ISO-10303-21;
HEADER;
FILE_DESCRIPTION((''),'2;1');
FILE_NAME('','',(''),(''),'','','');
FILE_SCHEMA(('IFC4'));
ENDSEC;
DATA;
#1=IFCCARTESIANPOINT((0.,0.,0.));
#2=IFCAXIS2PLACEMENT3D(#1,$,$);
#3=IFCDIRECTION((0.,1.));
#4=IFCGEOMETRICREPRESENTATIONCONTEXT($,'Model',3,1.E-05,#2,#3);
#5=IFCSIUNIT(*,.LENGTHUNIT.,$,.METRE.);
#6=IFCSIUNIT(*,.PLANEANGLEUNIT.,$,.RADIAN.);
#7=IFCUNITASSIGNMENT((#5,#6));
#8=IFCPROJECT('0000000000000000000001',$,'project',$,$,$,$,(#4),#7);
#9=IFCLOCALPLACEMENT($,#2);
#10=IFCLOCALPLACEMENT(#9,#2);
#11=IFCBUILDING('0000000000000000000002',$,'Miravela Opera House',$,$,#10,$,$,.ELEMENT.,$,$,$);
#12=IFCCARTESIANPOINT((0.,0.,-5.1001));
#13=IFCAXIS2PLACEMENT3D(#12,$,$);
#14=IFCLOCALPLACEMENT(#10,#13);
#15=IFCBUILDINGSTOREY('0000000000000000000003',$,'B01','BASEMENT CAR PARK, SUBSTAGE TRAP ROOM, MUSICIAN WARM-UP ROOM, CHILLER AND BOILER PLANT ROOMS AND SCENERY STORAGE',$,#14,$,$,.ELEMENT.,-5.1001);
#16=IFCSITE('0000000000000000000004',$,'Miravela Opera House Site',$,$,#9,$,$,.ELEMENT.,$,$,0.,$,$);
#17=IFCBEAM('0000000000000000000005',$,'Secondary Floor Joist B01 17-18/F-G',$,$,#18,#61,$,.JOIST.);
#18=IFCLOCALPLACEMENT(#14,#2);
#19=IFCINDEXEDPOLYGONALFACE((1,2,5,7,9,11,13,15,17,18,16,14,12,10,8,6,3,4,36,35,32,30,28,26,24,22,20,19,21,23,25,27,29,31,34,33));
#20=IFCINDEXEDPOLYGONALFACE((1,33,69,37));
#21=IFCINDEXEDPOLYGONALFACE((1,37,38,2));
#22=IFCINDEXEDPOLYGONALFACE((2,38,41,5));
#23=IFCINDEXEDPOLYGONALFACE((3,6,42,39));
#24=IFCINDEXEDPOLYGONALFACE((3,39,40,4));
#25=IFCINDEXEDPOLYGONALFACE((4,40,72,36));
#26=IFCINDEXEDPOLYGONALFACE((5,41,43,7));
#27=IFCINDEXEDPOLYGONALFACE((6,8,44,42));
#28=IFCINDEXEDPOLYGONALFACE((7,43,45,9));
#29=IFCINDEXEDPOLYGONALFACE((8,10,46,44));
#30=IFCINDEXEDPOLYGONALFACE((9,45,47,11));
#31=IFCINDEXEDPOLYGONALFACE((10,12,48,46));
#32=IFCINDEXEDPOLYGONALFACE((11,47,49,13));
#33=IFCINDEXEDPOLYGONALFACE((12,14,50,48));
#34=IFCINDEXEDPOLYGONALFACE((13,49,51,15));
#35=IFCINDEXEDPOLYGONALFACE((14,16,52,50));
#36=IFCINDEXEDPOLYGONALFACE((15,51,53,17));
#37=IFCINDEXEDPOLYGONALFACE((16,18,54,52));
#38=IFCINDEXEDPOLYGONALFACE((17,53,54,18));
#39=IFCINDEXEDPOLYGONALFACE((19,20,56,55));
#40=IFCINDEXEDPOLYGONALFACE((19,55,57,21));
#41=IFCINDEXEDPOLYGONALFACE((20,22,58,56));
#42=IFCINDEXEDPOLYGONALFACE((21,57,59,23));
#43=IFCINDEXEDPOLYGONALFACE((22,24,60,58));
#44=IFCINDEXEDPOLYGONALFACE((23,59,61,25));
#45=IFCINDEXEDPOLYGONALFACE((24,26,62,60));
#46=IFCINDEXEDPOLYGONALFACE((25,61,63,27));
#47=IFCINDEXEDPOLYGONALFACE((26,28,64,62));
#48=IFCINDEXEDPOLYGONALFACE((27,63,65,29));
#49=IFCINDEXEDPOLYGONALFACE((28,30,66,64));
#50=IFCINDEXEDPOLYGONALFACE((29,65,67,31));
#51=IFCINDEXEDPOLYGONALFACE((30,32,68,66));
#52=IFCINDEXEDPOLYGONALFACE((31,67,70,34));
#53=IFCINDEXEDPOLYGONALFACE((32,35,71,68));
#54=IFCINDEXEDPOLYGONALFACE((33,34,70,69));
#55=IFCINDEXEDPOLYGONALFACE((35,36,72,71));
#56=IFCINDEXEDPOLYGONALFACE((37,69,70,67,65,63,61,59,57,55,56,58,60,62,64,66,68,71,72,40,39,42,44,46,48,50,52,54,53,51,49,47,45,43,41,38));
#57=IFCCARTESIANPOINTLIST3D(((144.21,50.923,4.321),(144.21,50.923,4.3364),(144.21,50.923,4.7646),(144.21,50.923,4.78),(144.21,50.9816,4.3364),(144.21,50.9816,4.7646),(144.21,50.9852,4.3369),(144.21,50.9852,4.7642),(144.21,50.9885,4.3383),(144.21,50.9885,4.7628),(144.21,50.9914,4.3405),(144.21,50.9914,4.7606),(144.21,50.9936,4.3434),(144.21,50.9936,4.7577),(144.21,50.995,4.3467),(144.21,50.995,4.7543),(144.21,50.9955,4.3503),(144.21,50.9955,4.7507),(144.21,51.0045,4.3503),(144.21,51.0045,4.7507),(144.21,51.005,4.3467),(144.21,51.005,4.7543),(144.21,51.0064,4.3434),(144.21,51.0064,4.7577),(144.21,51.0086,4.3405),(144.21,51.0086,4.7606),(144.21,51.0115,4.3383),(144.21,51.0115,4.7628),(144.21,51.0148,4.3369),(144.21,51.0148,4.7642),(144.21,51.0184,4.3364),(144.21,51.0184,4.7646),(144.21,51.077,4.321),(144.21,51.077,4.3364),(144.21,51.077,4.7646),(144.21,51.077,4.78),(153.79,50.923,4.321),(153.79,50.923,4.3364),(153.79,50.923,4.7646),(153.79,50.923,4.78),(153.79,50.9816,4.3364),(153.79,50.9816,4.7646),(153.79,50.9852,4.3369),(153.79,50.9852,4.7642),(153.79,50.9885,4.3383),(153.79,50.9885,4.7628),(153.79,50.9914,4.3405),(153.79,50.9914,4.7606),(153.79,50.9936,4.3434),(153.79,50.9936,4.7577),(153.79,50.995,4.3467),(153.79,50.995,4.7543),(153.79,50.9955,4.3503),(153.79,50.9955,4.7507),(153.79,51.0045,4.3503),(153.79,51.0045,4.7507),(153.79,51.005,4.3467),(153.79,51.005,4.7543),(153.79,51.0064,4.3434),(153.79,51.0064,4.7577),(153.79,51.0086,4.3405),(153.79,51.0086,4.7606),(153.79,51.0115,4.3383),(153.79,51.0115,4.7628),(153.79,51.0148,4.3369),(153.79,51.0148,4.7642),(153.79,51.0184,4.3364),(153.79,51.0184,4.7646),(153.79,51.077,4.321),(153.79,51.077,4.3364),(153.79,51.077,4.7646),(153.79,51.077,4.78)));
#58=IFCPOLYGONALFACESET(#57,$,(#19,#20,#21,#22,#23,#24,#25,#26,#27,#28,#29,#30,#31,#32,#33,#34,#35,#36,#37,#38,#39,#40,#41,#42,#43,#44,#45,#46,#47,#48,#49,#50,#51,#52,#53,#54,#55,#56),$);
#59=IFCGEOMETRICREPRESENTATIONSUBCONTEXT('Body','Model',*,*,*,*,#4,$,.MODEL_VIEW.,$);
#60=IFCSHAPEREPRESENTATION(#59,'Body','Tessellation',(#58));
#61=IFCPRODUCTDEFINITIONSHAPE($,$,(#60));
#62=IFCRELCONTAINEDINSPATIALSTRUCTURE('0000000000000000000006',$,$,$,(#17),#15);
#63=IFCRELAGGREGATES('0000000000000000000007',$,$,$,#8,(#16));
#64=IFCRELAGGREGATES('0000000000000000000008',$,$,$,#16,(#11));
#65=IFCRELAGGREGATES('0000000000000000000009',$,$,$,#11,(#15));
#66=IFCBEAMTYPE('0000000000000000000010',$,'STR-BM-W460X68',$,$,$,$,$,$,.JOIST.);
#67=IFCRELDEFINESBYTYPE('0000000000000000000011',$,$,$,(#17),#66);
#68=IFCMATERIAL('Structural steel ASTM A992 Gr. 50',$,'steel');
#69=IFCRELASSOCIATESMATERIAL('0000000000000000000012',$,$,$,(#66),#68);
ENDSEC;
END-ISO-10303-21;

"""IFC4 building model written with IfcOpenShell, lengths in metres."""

from ifc_helpers import new_model, si_unit, direction, frame, origin, origin_2d, place, context, subcontext, project, spatial, i_section, extrude, material, material_profile, profile_set, type_object, element, save


model = new_model("IFC4")

# Units and contexts
model_context = context("Model", 3, precision=1e-05, world=origin(), true_north=direction((0.0, 1.0)))
body_context = subcontext(model_context, "Body", "Model", "MODEL_VIEW")
ifc_project = project(units=[si_unit("LENGTHUNIT", "METRE"), si_unit("PLANEANGLEUNIT", "RADIAN")], contexts=[model_context])

# Site, building, storey
site_placement = place(None, origin())
site = spatial("IfcSite", under=ifc_project, at=site_placement, Name="Miravela Opera House Site", CompositionType="ELEMENT", RefElevation=0.0)
building_placement = place(site_placement, origin())
building = spatial("IfcBuilding", under=site, at=building_placement, Name="Miravela Opera House", CompositionType="ELEMENT")
storey_placement = place(building_placement, frame((0.0, 0.0, -5.1001)))
storey = spatial("IfcBuildingStorey", under=building, at=storey_placement, Name="B01", Description="BASEMENT CAR PARK, SUBSTAGE TRAP ROOM, MUSICIAN WARM-UP ROOM, CHILLER AND BOILER PLANT ROOMS AND SCENERY STORAGE", CompositionType="ELEMENT", Elevation=-5.1001)

# Beam
ifc_material_1 = material(Name="Structural steel ASTM A992 Gr. 50", Category="steel")
ifc_material_profile_1 = material_profile(ifc_material_1, i_section(OverallWidth=0.1541, OverallDepth=0.459, WebThickness=0.009, FlangeThickness=0.0154, FilletRadius=0.0139, at=origin_2d()), Name="W460X68")
ifc_profile_set_1 = profile_set([ifc_material_profile_1])
beam_type_1 = type_object("IfcBeamType", Name="STR-BM-W460X68", PredefinedType="JOIST", material=ifc_profile_set_1)
beam_1_placement = place(storey_placement, frame((144.21, 51.0, 4.5505), z_axis=(1.0, 0.0, 0.0), x_axis=(0.0, 1.0, 0.0)))
element("IfcBeam", 1, at=beam_1_placement, inside=storey, type_object=beam_type_1, Name="Secondary Floor Joist B01 17-18/F-G", PredefinedType="JOIST", context=body_context, shape_type="SweptSolid", body=[
    extrude(i_section(OverallWidth=0.1541, OverallDepth=0.459, WebThickness=0.009, FlangeThickness=0.0154, FilletRadius=0.0139, at=origin_2d()), origin(), (0.0, 0.0, 1.0), 9.5801),
])

save(model, "model.ifc")
